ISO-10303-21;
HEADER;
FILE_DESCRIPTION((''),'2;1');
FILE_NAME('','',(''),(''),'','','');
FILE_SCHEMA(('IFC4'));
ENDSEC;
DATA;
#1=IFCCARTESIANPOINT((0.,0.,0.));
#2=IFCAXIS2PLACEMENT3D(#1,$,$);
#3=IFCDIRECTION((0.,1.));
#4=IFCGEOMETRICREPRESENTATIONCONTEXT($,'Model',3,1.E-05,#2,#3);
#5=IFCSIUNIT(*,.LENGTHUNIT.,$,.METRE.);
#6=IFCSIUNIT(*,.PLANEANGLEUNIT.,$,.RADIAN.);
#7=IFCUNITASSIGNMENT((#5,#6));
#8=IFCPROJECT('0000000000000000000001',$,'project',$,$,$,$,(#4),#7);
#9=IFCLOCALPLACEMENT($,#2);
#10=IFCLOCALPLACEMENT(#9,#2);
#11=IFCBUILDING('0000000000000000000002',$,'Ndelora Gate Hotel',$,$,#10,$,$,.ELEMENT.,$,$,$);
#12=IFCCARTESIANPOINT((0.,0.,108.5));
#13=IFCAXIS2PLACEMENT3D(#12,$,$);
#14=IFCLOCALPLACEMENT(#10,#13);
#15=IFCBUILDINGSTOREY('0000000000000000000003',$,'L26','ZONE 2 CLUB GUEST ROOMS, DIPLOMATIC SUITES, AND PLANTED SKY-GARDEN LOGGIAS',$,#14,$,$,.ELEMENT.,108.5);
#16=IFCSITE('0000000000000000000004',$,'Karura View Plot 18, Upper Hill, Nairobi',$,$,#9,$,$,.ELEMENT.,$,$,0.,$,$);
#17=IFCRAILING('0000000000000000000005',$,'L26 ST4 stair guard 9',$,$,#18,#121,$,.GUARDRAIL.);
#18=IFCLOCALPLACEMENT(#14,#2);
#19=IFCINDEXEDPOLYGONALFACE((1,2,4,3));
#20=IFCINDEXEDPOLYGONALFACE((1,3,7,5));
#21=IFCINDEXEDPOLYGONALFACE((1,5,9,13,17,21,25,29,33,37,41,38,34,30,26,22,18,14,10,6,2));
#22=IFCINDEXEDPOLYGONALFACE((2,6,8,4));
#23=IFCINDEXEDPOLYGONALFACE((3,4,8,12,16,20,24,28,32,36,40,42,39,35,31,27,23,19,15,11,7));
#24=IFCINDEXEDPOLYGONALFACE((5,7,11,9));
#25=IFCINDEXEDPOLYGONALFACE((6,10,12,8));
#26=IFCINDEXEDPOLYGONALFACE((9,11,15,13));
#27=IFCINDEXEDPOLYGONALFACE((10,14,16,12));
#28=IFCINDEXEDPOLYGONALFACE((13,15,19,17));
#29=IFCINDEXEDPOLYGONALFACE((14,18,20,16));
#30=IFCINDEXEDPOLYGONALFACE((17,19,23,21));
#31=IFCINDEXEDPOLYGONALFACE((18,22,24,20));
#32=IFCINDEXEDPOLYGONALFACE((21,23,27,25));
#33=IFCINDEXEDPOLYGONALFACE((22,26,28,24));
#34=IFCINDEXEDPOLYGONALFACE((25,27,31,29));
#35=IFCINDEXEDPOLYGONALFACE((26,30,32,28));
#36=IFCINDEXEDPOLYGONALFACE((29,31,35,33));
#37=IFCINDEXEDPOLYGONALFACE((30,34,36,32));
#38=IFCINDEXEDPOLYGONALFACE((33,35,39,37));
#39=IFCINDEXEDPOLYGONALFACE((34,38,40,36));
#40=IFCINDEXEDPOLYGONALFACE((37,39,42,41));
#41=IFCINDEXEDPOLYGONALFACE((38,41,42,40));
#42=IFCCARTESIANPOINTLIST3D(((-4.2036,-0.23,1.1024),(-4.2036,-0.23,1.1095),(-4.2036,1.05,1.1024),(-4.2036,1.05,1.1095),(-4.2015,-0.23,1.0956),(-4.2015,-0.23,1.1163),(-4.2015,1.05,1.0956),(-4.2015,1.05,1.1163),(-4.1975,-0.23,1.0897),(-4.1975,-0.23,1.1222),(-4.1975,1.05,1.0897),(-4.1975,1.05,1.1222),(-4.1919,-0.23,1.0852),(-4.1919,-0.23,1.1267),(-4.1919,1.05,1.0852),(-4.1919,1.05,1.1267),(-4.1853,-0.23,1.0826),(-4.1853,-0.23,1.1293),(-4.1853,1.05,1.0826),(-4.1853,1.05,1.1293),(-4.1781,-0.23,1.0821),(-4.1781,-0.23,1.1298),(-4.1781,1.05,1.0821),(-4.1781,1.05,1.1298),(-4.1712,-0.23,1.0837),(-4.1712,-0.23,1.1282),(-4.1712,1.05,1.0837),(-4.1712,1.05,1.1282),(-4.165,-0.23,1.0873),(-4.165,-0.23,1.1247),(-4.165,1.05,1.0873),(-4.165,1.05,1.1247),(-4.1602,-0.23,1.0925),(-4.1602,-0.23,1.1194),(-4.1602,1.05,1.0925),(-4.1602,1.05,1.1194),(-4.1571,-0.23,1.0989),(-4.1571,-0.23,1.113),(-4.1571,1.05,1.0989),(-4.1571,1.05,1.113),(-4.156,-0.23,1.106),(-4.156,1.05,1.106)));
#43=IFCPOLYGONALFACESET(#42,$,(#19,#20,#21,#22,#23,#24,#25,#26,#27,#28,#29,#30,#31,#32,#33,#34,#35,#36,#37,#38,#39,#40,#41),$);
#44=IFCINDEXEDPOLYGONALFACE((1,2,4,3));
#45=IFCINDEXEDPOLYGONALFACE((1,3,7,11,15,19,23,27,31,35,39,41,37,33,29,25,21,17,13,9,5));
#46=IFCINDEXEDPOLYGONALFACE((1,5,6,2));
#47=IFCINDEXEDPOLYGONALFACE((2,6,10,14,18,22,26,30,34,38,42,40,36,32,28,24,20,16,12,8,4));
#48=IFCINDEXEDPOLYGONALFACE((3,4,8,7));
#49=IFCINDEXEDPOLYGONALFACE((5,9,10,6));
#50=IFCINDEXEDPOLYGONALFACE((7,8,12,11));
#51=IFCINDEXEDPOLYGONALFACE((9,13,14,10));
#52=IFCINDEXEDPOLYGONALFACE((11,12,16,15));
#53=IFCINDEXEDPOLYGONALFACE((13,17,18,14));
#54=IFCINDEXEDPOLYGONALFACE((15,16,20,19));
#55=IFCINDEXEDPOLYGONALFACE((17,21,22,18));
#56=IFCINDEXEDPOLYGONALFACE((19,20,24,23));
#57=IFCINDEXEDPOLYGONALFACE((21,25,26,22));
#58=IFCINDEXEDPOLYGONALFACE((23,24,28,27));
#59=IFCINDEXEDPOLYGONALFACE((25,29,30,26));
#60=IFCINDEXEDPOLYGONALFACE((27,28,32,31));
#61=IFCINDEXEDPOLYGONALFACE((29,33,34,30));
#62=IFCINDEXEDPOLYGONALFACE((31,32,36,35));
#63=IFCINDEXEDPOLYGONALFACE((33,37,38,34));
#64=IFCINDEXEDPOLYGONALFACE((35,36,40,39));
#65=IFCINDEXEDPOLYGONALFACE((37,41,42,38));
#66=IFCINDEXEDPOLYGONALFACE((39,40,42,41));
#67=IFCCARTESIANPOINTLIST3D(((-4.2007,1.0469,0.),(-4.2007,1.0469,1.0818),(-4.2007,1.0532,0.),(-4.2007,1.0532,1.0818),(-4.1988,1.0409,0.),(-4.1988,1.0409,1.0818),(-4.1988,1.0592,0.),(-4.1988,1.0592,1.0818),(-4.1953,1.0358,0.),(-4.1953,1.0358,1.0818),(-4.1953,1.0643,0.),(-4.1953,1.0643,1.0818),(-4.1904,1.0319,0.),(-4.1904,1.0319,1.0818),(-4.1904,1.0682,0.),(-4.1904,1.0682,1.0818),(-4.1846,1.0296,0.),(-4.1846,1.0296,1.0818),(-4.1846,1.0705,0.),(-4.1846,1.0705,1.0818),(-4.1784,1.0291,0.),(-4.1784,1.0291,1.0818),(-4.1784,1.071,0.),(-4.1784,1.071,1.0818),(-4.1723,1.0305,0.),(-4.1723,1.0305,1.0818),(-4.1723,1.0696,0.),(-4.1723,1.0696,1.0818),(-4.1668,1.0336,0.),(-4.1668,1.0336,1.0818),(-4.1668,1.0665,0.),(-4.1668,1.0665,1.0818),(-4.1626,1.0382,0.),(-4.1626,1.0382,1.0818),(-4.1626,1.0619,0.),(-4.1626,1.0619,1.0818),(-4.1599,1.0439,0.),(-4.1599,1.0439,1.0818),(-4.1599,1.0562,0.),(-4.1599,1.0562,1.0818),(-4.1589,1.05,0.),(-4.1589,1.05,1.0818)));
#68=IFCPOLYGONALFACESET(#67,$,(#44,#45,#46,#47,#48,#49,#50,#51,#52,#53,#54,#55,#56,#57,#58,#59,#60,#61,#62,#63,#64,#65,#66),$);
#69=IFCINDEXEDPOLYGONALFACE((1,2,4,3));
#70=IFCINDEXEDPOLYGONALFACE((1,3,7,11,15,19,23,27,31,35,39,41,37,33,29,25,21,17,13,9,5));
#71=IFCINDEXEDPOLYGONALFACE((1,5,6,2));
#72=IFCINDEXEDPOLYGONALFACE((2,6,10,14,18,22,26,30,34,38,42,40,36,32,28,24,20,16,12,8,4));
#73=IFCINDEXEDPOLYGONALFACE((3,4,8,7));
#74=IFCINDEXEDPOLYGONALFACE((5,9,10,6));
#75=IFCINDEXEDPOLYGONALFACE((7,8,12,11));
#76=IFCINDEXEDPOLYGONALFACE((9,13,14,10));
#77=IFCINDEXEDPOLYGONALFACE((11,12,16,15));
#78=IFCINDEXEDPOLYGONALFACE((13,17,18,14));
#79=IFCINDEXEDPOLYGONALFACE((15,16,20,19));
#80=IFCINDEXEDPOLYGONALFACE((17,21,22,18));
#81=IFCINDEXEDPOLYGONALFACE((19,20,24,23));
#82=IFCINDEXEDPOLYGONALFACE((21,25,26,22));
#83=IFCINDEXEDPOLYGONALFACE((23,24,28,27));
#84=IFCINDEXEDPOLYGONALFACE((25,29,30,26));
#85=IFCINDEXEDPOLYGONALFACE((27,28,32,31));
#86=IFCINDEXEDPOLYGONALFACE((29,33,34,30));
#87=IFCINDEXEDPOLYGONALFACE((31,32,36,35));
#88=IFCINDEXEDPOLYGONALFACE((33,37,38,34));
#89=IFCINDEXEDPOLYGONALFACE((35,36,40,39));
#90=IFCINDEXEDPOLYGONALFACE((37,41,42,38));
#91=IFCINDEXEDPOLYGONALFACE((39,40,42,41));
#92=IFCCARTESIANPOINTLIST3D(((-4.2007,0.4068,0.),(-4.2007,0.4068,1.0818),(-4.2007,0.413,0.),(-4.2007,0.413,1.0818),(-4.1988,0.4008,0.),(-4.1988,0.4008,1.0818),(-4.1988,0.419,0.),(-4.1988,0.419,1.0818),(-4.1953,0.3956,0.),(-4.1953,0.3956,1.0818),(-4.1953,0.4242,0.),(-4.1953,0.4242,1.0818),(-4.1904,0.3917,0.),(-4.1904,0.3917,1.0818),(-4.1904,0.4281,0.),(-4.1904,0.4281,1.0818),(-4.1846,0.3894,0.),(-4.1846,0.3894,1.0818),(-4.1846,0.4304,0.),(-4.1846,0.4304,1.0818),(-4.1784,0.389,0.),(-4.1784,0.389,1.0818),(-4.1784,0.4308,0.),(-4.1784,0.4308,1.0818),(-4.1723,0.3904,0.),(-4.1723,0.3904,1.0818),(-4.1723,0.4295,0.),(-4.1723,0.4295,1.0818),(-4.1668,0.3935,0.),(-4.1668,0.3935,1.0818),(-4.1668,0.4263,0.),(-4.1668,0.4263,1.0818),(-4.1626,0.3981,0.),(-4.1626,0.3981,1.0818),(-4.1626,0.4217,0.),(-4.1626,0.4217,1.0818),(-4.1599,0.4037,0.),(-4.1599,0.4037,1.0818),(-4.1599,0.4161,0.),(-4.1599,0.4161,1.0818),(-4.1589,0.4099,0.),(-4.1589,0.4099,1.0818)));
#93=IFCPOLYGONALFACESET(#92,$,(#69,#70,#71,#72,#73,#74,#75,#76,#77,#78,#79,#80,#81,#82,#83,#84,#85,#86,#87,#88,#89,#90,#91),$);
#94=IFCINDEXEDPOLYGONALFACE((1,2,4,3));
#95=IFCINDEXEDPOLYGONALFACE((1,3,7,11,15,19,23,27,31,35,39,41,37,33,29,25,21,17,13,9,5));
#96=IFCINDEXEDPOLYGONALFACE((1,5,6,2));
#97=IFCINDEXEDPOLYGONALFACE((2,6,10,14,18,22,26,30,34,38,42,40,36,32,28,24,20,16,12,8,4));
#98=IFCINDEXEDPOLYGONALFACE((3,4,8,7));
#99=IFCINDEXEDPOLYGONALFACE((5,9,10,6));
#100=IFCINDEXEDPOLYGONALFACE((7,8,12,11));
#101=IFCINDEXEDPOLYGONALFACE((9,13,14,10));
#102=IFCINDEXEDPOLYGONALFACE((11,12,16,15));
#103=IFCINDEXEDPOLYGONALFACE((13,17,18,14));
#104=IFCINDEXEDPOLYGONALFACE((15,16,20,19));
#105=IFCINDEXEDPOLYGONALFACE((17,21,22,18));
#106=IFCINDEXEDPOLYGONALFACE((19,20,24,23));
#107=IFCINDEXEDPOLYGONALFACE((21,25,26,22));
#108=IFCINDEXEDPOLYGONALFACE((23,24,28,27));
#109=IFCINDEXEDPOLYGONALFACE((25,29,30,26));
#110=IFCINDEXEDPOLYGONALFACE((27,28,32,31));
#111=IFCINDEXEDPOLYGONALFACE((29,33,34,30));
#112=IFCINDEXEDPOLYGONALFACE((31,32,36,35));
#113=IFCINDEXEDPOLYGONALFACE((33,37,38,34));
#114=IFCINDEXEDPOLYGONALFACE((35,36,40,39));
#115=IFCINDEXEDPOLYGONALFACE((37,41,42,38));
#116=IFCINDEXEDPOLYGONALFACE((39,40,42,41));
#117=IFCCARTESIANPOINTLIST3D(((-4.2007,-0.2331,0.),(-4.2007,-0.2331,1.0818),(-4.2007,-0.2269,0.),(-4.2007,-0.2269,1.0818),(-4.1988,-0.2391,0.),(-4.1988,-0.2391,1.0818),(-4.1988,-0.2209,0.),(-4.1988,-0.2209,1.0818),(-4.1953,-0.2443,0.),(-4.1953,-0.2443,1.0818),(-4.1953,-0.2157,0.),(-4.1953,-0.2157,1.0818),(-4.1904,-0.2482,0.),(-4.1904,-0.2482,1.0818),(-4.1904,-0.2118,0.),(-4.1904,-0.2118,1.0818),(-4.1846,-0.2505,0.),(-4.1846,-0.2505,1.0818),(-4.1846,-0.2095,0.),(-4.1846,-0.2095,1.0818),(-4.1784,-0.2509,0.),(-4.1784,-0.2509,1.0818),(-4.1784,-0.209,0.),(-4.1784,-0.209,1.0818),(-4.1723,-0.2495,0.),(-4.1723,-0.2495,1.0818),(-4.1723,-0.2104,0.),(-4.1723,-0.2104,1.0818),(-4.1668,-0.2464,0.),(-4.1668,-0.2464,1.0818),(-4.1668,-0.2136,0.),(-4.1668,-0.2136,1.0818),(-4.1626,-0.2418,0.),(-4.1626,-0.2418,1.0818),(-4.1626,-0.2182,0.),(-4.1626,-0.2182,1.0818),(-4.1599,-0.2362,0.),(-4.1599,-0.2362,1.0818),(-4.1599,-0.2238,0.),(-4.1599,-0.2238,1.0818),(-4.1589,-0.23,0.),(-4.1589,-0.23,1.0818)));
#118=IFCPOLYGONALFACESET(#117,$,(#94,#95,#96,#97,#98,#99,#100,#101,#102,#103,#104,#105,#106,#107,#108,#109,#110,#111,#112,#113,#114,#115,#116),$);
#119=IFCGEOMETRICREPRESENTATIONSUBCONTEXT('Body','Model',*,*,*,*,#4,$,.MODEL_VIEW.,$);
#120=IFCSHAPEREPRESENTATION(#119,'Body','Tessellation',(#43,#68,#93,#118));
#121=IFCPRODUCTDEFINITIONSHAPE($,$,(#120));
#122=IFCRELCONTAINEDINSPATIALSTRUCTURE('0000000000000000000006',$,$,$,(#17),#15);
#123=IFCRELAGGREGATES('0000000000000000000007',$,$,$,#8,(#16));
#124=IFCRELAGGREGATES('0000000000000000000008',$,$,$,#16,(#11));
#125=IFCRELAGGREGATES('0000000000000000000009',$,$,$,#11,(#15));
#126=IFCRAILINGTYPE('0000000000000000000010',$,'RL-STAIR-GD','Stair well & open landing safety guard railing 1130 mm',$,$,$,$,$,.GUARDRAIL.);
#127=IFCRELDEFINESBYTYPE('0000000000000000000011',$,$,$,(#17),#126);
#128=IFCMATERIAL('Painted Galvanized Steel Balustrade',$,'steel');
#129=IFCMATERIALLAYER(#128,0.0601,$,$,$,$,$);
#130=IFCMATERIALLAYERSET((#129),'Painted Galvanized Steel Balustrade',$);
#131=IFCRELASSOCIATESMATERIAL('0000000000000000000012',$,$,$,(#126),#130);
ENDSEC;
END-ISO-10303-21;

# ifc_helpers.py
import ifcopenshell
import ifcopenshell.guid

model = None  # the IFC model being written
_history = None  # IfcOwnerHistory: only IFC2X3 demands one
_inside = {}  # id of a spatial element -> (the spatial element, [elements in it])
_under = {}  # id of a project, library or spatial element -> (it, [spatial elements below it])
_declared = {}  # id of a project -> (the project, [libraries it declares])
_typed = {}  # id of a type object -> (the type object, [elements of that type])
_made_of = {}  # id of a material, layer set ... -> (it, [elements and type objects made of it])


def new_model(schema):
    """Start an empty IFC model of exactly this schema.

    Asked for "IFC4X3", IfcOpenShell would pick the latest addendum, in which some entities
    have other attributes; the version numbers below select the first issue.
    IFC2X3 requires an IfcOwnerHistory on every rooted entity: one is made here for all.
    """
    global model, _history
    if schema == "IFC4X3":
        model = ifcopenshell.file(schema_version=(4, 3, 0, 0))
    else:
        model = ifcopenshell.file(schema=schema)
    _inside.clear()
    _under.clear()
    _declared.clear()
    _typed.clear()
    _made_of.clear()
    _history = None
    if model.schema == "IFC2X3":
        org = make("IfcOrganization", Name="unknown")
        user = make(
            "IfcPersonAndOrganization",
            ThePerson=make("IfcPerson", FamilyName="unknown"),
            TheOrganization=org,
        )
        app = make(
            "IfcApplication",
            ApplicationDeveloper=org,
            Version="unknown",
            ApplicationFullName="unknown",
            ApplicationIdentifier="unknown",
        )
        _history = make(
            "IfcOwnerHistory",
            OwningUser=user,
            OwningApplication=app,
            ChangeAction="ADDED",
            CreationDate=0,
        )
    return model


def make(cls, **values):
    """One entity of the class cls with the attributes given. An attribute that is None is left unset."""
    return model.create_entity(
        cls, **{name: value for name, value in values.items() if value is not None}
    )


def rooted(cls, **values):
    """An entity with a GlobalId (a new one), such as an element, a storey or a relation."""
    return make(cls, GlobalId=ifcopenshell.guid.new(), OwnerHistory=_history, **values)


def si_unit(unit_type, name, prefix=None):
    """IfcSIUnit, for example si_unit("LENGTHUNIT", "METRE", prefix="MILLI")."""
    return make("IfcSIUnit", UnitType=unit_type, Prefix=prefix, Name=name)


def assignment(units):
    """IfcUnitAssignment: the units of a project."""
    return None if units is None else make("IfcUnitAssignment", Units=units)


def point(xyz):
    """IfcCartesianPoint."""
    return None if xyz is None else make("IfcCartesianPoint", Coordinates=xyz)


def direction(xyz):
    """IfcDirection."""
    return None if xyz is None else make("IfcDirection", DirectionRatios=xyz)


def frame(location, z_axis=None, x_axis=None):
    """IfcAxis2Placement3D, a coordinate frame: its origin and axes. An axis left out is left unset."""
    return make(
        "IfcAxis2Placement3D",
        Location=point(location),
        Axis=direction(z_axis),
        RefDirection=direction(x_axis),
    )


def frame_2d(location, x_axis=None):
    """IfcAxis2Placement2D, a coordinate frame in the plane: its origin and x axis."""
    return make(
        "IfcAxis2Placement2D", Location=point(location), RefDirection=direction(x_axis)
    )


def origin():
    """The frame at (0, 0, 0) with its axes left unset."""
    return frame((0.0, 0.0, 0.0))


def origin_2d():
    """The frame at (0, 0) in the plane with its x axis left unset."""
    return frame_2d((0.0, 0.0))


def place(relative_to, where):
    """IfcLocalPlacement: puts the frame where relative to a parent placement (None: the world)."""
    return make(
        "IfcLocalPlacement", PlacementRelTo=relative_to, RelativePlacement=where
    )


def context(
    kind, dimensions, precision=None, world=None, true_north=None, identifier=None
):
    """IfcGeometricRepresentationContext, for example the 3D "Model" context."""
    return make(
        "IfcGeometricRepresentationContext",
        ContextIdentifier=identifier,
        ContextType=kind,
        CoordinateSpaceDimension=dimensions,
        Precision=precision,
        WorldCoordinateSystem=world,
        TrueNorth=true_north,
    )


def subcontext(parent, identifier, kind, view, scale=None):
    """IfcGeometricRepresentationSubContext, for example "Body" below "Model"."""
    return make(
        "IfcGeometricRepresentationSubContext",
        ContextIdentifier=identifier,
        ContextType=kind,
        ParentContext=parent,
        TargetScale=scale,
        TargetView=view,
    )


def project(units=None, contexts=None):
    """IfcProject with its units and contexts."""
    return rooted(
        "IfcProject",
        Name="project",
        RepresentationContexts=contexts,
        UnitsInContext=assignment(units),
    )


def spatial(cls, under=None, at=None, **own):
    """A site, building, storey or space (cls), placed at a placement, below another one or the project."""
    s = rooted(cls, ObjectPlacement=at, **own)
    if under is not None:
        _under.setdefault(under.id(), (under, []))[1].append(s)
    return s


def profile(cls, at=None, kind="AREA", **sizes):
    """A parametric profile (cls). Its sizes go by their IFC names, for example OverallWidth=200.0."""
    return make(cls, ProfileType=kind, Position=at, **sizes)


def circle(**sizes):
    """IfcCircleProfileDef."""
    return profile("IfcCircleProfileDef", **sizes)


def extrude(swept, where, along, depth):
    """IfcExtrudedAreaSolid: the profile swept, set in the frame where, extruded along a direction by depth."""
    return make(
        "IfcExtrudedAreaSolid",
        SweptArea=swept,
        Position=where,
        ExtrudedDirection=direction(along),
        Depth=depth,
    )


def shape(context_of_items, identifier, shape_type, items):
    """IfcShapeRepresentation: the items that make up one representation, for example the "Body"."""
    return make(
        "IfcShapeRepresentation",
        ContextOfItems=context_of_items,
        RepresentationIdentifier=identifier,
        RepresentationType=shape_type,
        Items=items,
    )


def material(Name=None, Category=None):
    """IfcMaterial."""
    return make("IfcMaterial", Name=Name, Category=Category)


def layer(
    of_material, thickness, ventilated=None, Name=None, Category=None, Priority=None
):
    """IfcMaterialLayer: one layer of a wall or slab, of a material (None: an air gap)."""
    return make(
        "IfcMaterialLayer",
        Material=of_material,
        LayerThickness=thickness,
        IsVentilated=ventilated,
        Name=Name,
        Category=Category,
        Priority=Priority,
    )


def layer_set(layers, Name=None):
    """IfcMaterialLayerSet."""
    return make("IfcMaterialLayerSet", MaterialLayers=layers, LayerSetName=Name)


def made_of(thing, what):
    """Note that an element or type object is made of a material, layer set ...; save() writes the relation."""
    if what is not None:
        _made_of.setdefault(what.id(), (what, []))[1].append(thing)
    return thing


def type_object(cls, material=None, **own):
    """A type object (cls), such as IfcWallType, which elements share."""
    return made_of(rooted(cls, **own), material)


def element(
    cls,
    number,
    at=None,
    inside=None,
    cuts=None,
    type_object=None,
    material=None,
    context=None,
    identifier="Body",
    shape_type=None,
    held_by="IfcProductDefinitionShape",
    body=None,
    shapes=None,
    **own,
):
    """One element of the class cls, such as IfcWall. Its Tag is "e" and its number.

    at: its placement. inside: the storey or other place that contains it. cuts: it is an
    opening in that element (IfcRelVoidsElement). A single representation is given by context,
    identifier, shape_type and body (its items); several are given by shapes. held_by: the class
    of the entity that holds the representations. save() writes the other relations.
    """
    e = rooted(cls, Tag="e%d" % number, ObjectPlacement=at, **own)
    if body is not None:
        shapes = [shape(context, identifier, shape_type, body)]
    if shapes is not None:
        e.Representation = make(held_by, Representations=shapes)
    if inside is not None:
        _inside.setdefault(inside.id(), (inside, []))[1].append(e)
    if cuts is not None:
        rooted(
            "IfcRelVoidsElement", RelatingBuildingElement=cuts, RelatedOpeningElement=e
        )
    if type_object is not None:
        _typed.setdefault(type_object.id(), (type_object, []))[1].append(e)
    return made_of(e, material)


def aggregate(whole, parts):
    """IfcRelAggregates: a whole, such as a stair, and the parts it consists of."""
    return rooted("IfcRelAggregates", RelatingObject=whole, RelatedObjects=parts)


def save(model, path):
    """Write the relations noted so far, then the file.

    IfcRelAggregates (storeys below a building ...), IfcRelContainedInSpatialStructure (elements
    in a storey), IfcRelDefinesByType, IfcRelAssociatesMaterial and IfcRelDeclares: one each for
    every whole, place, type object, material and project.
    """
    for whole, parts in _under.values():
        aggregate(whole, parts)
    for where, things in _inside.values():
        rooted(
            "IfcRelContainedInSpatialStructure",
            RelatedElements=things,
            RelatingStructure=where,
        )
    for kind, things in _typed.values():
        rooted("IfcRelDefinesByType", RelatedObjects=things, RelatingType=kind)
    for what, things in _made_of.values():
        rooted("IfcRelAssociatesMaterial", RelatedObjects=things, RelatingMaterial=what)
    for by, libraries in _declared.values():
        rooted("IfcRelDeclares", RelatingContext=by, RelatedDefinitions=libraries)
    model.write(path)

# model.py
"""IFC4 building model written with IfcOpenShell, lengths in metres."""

from ifc_helpers import new_model, si_unit, direction, frame, origin, origin_2d, place, context, subcontext, project, spatial, circle, extrude, material, layer, layer_set, type_object, element, save


model = new_model("IFC4")

# Units and contexts
model_context = context("Model", 3, precision=1e-05, world=origin(), true_north=direction((0.0, 1.0)))
body_context = subcontext(model_context, "Body", "Model", "MODEL_VIEW")
ifc_project = project(units=[si_unit("LENGTHUNIT", "METRE"), si_unit("PLANEANGLEUNIT", "RADIAN")], contexts=[model_context])

# Site, building, storey
site_placement = place(None, origin())
site = spatial("IfcSite", under=ifc_project, at=site_placement, Name="Karura View Plot 18, Upper Hill, Nairobi", CompositionType="ELEMENT", RefElevation=0.0)
building_placement = place(site_placement, origin())
building = spatial("IfcBuilding", under=site, at=building_placement, Name="Ndelora Gate Hotel", CompositionType="ELEMENT")
storey_placement = place(building_placement, frame((0.0, 0.0, 108.5)))
storey = spatial("IfcBuildingStorey", under=building, at=storey_placement, Name="L26", Description="ZONE 2 CLUB GUEST ROOMS, DIPLOMATIC SUITES, AND PLANTED SKY-GARDEN LOGGIAS", CompositionType="ELEMENT", Elevation=108.5)

# Railing
ifc_material_1 = material(Name="Painted Galvanized Steel Balustrade", Category="steel")
ifc_layer_1 = layer(ifc_material_1, 0.0601)
ifc_layer_set_1 = layer_set([ifc_layer_1], Name="Painted Galvanized Steel Balustrade")
railing_type_1 = type_object("IfcRailingType", Name="RL-STAIR-GD", Description="Stair well & open landing safety guard railing 1130 mm", PredefinedType="GUARDRAIL", material=ifc_layer_set_1)
for number, where, name in (
    (1, (-4.1799, 1.05, 0.0), "L26 ST4 stair guard 9"),
):
    element("IfcRailing", number, at=place(storey_placement, frame(where)), inside=storey, type_object=railing_type_1, Name=name, PredefinedType="GUARDRAIL", context=body_context, shape_type="SweptSolid", body=[
        extrude(circle(Radius=0.0239, at=origin_2d()), frame((0.0, 0.0, 1.106), z_axis=(0.0, -1.0, 0.0), x_axis=(1.0, 0.0, 0.0)), (0.0, 0.0, 1.0), 1.28),
        extrude(circle(Radius=0.021, at=origin_2d()), origin(), (0.0, 0.0, 1.0), 1.0818),
        extrude(circle(Radius=0.021, at=origin_2d()), frame((0.0, -0.6401, 0.0)), (0.0, 0.0, 1.0), 1.0818),
        extrude(circle(Radius=0.021, at=origin_2d()), frame((0.0, -1.28, 0.0)), (0.0, 0.0, 1.0), 1.0818),
    ])

save(model, "model.ifc")
